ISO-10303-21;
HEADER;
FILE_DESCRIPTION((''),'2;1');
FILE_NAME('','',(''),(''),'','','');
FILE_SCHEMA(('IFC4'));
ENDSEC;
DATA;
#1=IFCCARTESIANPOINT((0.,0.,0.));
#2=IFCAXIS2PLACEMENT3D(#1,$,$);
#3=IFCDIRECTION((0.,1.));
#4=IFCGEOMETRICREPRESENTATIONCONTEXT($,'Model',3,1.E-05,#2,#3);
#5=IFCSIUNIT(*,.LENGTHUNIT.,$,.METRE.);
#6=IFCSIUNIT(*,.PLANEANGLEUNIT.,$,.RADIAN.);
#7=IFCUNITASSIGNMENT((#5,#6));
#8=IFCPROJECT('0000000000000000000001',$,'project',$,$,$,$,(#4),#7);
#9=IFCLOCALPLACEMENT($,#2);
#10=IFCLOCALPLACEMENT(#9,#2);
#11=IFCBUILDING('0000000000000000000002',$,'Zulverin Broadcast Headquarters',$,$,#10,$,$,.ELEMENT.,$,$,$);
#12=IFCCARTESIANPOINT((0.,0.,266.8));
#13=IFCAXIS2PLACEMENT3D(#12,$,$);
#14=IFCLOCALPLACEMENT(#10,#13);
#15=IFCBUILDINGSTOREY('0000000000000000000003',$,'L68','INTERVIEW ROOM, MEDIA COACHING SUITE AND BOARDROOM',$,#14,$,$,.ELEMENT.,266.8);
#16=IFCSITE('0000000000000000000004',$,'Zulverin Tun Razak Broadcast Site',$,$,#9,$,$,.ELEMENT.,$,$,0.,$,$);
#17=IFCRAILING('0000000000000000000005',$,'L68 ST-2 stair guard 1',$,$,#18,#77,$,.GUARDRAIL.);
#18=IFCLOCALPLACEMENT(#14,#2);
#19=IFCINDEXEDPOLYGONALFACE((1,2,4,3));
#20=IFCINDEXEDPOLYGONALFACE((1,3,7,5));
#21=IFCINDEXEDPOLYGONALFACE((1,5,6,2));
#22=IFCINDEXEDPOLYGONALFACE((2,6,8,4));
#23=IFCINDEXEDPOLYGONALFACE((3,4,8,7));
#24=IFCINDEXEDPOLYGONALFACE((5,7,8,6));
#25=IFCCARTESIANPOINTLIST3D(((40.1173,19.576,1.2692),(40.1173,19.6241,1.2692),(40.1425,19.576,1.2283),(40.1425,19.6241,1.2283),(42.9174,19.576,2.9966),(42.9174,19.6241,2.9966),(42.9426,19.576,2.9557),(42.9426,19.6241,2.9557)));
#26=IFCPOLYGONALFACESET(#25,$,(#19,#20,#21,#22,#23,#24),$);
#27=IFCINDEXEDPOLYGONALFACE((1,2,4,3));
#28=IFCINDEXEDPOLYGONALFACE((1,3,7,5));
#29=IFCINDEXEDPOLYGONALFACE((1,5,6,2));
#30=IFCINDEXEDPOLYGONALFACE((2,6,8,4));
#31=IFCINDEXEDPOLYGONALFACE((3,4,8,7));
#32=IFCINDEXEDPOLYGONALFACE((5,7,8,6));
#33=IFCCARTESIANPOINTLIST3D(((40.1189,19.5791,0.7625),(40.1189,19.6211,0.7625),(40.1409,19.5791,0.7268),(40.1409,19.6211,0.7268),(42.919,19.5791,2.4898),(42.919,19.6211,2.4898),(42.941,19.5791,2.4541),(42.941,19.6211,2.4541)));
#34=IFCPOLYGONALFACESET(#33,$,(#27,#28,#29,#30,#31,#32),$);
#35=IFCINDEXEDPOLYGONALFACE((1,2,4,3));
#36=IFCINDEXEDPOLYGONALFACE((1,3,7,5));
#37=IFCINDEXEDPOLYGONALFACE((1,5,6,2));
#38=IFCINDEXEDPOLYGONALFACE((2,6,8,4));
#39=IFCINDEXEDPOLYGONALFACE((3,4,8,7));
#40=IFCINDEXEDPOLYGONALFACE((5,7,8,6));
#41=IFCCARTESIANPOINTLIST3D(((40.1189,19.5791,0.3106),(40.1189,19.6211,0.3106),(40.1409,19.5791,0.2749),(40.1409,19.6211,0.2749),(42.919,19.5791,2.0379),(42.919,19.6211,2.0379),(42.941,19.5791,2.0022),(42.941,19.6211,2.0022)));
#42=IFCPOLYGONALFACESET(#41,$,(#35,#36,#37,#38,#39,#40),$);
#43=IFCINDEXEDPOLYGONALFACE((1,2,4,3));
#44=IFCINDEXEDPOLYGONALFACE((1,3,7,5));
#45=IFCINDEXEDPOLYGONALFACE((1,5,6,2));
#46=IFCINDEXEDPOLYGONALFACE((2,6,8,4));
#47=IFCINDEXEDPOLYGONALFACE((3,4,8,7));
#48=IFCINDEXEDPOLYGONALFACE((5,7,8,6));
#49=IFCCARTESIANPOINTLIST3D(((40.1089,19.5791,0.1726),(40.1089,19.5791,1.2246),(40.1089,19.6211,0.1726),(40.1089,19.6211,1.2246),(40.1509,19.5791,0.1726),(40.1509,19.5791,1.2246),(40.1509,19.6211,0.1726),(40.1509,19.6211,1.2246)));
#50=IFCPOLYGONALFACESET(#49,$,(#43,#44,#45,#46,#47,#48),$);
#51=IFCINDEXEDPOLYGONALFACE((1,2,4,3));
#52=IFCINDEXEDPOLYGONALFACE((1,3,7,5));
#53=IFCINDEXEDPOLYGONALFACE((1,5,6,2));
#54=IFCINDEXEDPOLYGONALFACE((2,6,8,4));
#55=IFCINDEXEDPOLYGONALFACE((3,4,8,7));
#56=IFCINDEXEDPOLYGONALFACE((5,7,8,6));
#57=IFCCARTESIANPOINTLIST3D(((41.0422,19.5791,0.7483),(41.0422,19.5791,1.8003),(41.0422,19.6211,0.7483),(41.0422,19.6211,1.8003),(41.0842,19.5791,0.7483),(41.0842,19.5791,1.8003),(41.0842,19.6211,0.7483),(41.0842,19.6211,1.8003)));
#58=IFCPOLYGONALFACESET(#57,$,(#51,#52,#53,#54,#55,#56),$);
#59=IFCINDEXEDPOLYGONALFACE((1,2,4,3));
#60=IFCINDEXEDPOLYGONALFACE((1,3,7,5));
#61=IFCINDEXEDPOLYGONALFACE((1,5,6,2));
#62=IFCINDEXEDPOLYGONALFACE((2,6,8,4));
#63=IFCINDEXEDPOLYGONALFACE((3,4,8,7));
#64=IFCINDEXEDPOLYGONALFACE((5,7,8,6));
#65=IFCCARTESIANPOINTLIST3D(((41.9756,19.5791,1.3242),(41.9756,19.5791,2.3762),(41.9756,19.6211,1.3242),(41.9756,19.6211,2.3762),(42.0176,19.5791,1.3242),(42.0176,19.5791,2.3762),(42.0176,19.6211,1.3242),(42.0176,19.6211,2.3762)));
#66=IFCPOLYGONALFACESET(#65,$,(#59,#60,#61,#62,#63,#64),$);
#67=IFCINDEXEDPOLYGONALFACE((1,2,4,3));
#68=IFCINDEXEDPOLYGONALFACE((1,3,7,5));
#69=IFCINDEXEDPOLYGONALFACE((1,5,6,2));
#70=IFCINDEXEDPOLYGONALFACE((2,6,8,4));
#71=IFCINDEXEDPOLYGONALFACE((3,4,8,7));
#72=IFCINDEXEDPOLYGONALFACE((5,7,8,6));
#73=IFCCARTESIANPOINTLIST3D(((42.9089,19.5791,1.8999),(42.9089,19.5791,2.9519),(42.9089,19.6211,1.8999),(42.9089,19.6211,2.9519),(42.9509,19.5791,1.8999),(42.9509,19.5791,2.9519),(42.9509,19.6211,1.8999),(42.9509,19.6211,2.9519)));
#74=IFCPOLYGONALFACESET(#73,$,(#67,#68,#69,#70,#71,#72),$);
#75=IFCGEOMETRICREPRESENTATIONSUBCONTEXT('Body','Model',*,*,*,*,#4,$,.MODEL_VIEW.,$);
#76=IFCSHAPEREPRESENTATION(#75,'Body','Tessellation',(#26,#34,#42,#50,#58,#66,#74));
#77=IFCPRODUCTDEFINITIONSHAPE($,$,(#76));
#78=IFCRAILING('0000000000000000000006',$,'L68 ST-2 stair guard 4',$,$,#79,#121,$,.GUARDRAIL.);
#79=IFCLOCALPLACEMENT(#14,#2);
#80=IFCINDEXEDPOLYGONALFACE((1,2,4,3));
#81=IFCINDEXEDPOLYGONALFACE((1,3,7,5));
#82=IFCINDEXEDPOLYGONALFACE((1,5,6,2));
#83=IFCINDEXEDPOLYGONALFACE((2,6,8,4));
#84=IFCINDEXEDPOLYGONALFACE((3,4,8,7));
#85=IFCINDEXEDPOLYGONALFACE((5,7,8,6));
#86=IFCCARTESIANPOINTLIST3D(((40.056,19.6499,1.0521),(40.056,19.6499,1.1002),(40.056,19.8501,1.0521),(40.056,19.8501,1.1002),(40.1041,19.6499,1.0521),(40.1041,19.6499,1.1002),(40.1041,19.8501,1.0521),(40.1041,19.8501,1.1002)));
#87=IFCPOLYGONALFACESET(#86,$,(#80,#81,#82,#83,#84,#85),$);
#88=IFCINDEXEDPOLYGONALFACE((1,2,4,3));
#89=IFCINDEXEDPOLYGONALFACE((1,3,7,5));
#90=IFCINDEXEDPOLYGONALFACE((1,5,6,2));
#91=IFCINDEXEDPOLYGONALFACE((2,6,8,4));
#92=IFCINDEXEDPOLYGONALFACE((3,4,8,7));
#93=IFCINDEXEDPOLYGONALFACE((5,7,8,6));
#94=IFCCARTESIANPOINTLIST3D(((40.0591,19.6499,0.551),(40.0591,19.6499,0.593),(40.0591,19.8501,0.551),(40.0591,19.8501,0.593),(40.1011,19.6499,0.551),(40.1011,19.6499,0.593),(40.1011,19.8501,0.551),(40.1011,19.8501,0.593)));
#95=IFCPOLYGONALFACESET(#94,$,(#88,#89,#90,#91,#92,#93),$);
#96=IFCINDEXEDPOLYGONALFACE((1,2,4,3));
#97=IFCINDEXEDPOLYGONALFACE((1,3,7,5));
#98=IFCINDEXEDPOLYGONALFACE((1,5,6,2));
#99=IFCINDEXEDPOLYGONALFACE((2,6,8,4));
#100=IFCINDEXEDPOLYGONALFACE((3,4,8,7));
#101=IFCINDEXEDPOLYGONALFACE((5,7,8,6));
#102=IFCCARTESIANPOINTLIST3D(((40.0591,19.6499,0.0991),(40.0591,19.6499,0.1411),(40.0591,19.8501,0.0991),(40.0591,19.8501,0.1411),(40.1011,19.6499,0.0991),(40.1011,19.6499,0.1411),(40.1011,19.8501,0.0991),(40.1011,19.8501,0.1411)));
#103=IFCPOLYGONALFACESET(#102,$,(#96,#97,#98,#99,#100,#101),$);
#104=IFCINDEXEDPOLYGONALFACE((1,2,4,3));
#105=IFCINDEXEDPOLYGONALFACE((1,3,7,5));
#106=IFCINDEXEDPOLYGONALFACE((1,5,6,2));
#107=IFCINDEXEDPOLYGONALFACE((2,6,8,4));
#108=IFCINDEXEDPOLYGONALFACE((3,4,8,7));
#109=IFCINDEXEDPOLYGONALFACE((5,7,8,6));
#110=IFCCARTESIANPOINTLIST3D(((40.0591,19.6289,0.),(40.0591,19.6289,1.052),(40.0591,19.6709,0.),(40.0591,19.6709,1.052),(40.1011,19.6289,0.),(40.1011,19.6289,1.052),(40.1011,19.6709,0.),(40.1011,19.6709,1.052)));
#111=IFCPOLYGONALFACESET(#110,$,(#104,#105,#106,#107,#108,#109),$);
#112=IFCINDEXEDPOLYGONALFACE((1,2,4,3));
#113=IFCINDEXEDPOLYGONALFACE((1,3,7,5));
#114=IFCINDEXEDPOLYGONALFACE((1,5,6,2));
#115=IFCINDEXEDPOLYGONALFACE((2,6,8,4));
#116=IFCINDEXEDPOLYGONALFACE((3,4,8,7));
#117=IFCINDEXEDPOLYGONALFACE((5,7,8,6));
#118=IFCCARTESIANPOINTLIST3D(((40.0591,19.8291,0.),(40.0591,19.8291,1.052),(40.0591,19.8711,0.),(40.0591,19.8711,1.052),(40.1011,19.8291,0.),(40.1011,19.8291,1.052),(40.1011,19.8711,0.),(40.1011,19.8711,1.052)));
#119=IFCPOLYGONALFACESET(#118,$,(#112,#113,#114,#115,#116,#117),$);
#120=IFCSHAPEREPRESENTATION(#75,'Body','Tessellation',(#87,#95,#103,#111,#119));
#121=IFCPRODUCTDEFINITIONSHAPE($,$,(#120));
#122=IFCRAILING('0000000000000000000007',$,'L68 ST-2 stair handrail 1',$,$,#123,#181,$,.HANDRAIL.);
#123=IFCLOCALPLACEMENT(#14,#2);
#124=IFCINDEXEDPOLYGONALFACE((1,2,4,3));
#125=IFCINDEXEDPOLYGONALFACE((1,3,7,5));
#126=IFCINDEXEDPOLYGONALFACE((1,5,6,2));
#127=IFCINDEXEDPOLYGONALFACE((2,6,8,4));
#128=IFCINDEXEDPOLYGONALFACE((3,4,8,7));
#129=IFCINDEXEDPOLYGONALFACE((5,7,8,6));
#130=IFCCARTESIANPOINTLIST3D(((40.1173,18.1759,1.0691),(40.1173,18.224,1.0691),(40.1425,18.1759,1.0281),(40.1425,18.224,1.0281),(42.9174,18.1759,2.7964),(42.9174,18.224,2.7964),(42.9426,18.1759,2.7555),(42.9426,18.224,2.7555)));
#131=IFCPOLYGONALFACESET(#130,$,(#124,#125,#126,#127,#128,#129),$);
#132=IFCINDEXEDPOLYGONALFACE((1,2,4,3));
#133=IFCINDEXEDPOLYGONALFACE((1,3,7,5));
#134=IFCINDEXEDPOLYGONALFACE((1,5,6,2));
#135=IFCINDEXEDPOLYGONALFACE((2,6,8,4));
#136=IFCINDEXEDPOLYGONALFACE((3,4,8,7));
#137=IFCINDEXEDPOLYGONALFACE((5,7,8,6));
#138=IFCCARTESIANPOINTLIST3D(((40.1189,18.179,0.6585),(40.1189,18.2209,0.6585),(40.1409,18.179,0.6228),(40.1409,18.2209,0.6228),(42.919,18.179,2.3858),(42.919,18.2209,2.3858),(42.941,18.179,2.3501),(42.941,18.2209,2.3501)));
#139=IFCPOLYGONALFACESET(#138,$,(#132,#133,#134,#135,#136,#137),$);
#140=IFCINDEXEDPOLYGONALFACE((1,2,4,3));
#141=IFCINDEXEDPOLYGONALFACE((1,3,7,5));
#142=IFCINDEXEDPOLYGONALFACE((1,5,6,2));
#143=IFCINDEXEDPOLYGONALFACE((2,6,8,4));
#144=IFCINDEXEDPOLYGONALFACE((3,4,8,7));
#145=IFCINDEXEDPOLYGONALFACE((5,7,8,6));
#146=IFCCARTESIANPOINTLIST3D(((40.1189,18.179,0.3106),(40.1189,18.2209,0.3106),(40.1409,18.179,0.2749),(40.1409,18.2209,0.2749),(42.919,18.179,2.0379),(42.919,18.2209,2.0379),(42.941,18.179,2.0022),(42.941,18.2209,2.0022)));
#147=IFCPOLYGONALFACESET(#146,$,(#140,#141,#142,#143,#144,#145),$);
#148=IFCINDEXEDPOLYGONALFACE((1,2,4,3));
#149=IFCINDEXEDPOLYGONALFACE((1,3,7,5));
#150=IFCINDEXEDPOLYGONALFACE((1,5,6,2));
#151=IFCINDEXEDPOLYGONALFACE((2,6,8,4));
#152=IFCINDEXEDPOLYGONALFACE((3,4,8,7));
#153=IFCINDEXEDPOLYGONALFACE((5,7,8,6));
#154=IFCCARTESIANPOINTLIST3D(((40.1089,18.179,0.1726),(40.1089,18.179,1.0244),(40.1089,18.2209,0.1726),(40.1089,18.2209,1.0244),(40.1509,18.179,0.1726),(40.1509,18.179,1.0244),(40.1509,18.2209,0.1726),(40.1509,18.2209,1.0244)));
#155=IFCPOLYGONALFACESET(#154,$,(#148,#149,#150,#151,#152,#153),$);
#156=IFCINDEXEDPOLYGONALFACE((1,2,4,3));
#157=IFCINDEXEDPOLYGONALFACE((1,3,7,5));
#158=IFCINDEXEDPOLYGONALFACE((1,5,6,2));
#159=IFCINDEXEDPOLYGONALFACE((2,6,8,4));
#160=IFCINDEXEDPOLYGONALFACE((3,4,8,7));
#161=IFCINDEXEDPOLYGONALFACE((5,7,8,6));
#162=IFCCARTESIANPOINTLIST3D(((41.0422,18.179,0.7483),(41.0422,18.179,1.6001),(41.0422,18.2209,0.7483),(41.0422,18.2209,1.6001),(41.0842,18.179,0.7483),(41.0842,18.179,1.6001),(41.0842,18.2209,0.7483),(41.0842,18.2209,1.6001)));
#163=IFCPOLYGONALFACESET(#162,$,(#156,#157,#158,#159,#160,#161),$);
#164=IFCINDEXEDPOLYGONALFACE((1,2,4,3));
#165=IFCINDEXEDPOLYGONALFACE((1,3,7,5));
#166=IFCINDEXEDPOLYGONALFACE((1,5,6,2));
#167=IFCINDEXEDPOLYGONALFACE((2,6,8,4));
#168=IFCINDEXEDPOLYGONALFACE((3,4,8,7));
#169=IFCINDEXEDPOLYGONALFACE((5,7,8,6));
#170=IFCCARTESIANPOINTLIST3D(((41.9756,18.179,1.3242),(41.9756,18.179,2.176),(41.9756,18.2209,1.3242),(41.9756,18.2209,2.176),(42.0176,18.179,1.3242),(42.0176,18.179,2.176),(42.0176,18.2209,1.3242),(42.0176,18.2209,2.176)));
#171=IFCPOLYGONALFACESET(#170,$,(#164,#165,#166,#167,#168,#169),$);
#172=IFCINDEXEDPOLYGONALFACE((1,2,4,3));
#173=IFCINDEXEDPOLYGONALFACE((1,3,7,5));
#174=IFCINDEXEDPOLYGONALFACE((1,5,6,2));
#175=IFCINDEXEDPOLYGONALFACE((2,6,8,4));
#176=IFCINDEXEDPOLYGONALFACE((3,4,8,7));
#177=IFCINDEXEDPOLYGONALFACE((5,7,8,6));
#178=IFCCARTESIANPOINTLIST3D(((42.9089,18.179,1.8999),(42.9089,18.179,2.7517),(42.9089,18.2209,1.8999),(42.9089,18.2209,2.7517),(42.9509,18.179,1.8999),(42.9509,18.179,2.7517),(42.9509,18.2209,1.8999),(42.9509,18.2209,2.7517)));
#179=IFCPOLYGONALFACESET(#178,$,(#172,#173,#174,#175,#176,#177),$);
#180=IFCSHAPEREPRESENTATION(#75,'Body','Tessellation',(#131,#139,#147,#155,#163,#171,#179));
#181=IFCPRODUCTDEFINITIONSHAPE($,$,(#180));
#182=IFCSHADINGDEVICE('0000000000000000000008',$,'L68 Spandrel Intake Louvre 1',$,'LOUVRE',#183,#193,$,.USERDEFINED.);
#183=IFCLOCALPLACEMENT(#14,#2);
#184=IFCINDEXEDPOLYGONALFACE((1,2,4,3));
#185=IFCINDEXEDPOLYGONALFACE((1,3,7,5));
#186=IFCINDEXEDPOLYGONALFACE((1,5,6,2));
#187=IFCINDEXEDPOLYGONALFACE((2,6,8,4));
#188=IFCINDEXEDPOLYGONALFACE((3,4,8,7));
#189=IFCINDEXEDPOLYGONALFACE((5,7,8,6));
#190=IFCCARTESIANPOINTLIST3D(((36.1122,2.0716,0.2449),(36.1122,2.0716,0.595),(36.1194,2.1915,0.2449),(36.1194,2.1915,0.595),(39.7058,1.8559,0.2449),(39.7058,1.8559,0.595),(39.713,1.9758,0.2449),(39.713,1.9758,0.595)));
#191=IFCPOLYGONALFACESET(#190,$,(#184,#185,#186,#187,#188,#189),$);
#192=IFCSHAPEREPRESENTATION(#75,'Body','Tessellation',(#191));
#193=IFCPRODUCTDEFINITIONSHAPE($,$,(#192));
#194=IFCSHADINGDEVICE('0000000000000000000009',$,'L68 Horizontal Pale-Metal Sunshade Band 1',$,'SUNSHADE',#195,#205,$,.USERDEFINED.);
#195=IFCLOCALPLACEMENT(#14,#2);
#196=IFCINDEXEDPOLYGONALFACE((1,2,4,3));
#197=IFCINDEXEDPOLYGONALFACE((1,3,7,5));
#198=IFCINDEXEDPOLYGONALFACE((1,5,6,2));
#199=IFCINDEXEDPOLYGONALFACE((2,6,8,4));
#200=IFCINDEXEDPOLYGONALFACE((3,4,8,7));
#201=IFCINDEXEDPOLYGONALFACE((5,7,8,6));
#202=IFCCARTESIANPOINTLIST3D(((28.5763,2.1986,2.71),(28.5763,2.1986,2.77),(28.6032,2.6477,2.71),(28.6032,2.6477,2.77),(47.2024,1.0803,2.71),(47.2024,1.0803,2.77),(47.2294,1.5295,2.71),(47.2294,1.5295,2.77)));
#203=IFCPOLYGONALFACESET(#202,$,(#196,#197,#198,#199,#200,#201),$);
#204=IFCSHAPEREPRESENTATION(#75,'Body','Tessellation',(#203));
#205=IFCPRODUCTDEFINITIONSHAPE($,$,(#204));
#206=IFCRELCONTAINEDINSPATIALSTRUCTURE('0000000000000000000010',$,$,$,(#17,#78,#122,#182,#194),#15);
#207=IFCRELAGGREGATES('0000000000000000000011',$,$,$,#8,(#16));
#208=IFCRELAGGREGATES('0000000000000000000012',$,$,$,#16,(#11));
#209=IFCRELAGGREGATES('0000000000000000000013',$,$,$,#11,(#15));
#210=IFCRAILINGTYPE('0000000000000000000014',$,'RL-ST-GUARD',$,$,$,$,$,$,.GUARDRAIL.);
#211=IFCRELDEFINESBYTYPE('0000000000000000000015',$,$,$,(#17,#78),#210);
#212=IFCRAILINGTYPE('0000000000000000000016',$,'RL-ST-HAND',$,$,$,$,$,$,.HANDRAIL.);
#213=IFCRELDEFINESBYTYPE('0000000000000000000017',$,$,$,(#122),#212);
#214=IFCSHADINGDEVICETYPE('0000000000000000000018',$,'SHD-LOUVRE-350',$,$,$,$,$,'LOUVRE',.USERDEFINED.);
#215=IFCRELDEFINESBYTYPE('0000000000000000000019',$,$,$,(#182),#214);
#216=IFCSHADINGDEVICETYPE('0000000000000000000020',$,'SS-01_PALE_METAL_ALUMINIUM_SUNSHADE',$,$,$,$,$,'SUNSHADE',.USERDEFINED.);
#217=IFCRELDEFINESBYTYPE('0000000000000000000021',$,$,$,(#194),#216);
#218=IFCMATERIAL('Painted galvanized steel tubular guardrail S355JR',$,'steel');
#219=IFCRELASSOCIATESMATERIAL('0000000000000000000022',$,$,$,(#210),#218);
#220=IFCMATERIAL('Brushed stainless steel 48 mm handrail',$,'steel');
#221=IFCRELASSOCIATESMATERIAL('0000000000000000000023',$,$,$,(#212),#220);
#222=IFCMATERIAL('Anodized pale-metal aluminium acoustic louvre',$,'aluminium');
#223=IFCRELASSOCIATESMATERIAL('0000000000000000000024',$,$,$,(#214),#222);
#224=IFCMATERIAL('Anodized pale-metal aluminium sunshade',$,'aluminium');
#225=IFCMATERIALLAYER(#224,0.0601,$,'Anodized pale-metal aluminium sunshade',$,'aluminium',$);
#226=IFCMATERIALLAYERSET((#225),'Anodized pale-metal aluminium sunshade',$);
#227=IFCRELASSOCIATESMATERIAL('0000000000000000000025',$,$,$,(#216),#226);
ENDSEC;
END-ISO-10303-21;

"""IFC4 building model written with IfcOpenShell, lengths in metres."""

from ifc_helpers import new_model, si_unit, direction, frame, origin, origin_2d, place, context, subcontext, project, spatial, rectangle, extrude, material, layer, layer_set, type_object, element, save


model = new_model("IFC4")

# Units and contexts
model_context = context("Model", 3, precision=1e-05, world=origin(), true_north=direction((0.0, 1.0)))
body_context = subcontext(model_context, "Body", "Model", "MODEL_VIEW")
ifc_project = project(units=[si_unit("LENGTHUNIT", "METRE"), si_unit("PLANEANGLEUNIT", "RADIAN")], contexts=[model_context])

# Site, building, storey
site_placement = place(None, origin())
site = spatial("IfcSite", under=ifc_project, at=site_placement, Name="Zulverin Tun Razak Broadcast Site", CompositionType="ELEMENT", RefElevation=0.0)
building_placement = place(site_placement, origin())
building = spatial("IfcBuilding", under=site, at=building_placement, Name="Zulverin Broadcast Headquarters", CompositionType="ELEMENT")
storey_placement = place(building_placement, frame((0.0, 0.0, 266.8)))
storey = spatial("IfcBuildingStorey", under=building, at=storey_placement, Name="L68", Description="INTERVIEW ROOM, MEDIA COACHING SUITE AND BOARDROOM", CompositionType="ELEMENT", Elevation=266.8)

# Railings
ifc_material_1 = material(Name="Painted galvanized steel tubular guardrail S355JR", Category="steel")
railing_type_1 = type_object("IfcRailingType", Name="RL-ST-GUARD", PredefinedType="GUARDRAIL", material=ifc_material_1)
railing_1_placement = place(storey_placement, frame((40.1299, 19.6001, 0.1726)))
element("IfcRailing", 1, at=railing_1_placement, inside=storey, type_object=railing_type_1, Name="L68 ST-2 stair guard 1", PredefinedType="GUARDRAIL", context=body_context, shape_type="SweptSolid", body=[
    extrude(rectangle(XDim=0.0481, YDim=0.0481, at=origin_2d()), frame((0.0, 0.0, 1.0762), z_axis=(0.85109, 0.0, 0.52502), x_axis=(0.0, 1.0, 0.0)), (0.0, 0.0, 1.0), 3.29),
    extrude(rectangle(XDim=0.042, YDim=0.042, at=origin_2d()), frame((0.0, 0.0, 0.572), z_axis=(0.85109, 0.0, 0.52502), x_axis=(0.0, 1.0, 0.0)), (0.0, 0.0, 1.0), 3.29),
    extrude(rectangle(XDim=0.042, YDim=0.042, at=origin_2d()), frame((0.0, 0.0, 0.1201), z_axis=(0.85109, 0.0, 0.52502), x_axis=(0.0, 1.0, 0.0)), (0.0, 0.0, 1.0), 3.29),
    extrude(rectangle(XDim=0.042, YDim=0.042, at=origin_2d()), origin(), (0.0, 0.0, 1.0), 1.052),
    extrude(rectangle(XDim=0.042, YDim=0.042, at=origin_2d()), frame((0.9333, 0.0, 0.5757)), (0.0, 0.0, 1.0), 1.052),
    extrude(rectangle(XDim=0.042, YDim=0.042, at=origin_2d()), frame((1.8667, 0.0, 1.1516)), (0.0, 0.0, 1.0), 1.052),
    extrude(rectangle(XDim=0.042, YDim=0.042, at=origin_2d()), frame((2.8, 0.0, 1.7273)), (0.0, 0.0, 1.0), 1.052),
])
railing_2_placement = place(storey_placement, frame((40.0801, 19.6499, 0.0)))
element("IfcRailing", 2, at=railing_2_placement, inside=storey, type_object=railing_type_1, Name="L68 ST-2 stair guard 4", PredefinedType="GUARDRAIL", context=body_context, shape_type="SweptSolid", body=[
    extrude(rectangle(XDim=0.0481, YDim=0.0481, at=origin_2d()), frame((0.0, 0.0, 1.0762), z_axis=(0.0, 1.0, 0.0), x_axis=(-1.0, 0.0, 0.0)), (0.0, 0.0, 1.0), 0.2002),
    extrude(rectangle(XDim=0.042, YDim=0.042, at=origin_2d()), frame((0.0, 0.0, 0.572), z_axis=(0.0, 1.0, 0.0), x_axis=(-1.0, 0.0, 0.0)), (0.0, 0.0, 1.0), 0.2002),
    extrude(rectangle(XDim=0.042, YDim=0.042, at=origin_2d()), frame((0.0, 0.0, 0.1201), z_axis=(0.0, 1.0, 0.0), x_axis=(-1.0, 0.0, 0.0)), (0.0, 0.0, 1.0), 0.2002),
    extrude(rectangle(XDim=0.042, YDim=0.042, at=origin_2d()), origin(), (0.0, 0.0, 1.0), 1.052),
    extrude(rectangle(XDim=0.042, YDim=0.042, at=origin_2d()), frame((0.0, 0.2002, 0.0)), (0.0, 0.0, 1.0), 1.052),
])
ifc_material_2 = material(Name="Brushed stainless steel 48 mm handrail", Category="steel")
railing_type_2 = type_object("IfcRailingType", Name="RL-ST-HAND", PredefinedType="HANDRAIL", material=ifc_material_2)
railing_3_placement = place(storey_placement, frame((40.1299, 18.2, 0.1726)))
element("IfcRailing", 3, at=railing_3_placement, inside=storey, type_object=railing_type_2, Name="L68 ST-2 stair handrail 1", PredefinedType="HANDRAIL", context=body_context, shape_type="SweptSolid", body=[
    extrude(rectangle(XDim=0.0481, YDim=0.0481, at=origin_2d()), frame((0.0, 0.0, 0.876), z_axis=(0.85109, 0.0, 0.52502), x_axis=(0.0, 1.0, 0.0)), (0.0, 0.0, 1.0), 3.29),
    extrude(rectangle(XDim=0.042, YDim=0.042, at=origin_2d()), frame((0.0, 0.0, 0.468), z_axis=(0.85109, 0.0, 0.52502), x_axis=(0.0, 1.0, 0.0)), (0.0, 0.0, 1.0), 3.29),
    extrude(rectangle(XDim=0.042, YDim=0.042, at=origin_2d()), frame((0.0, 0.0, 0.1201), z_axis=(0.85109, 0.0, 0.52502), x_axis=(0.0, 1.0, 0.0)), (0.0, 0.0, 1.0), 3.29),
    extrude(rectangle(XDim=0.042, YDim=0.042, at=origin_2d()), origin(), (0.0, 0.0, 1.0), 0.8518),
    extrude(rectangle(XDim=0.042, YDim=0.042, at=origin_2d()), frame((0.9333, 0.0, 0.5757)), (0.0, 0.0, 1.0), 0.8518),
    extrude(rectangle(XDim=0.042, YDim=0.042, at=origin_2d()), frame((1.8667, 0.0, 1.1516)), (0.0, 0.0, 1.0), 0.8518),
    extrude(rectangle(XDim=0.042, YDim=0.042, at=origin_2d()), frame((2.8, 0.0, 1.7273)), (0.0, 0.0, 1.0), 0.8518),
])

# Shading devices
ifc_material_3 = material(Name="Anodized pale-metal aluminium acoustic louvre", Category="aluminium")
shading_device_type_1 = type_object("IfcShadingDeviceType", Name="SHD-LOUVRE-350", ElementType="LOUVRE", PredefinedType="USERDEFINED", material=ifc_material_3)
shading_device_1_placement = place(storey_placement, frame((37.9126, 2.0237, 0.2449), z_axis=(0.0, 0.0, 1.0), x_axis=(0.998203, -0.059928, 0.0)))
element("IfcShadingDevice", 4, at=shading_device_1_placement, inside=storey, type_object=shading_device_type_1, Name="L68 Spandrel Intake Louvre 1", ObjectType="LOUVRE", PredefinedType="USERDEFINED", context=body_context, shape_type="SweptSolid", body=[
    extrude(rectangle(XDim=3.6001, YDim=0.1201, at=origin_2d()), origin(), (0.0, 0.0, 1.0), 0.3501),
])
ifc_material_4 = material(Name="Anodized pale-metal aluminium sunshade", Category="aluminium")
ifc_layer_1 = layer(ifc_material_4, 0.0601, Name="Anodized pale-metal aluminium sunshade", Category="aluminium")
ifc_layer_set_1 = layer_set([ifc_layer_1], Name="Anodized pale-metal aluminium sunshade")
shading_device_type_2 = type_object("IfcShadingDeviceType", Name="SS-01_PALE_METAL_ALUMINIUM_SUNSHADE", ElementType="SUNSHADE", PredefinedType="USERDEFINED", material=ifc_layer_set_1)
shading_device_2_placement = place(storey_placement, frame((37.9028, 1.864, 2.71), z_axis=(0.0, 0.0, 1.0), x_axis=(0.998203, -0.059928, 0.0)))
element("IfcShadingDevice", 5, at=shading_device_2_placement, inside=storey, type_object=shading_device_type_2, Name="L68 Horizontal Pale-Metal Sunshade Band 1", ObjectType="SUNSHADE", PredefinedType="USERDEFINED", context=body_context, shape_type="SweptSolid", body=[
    extrude(rectangle(XDim=18.6597, YDim=0.45, at=origin_2d()), origin(), (0.0, 0.0, 1.0), 0.0601),
])

save(model, "model.ifc")
